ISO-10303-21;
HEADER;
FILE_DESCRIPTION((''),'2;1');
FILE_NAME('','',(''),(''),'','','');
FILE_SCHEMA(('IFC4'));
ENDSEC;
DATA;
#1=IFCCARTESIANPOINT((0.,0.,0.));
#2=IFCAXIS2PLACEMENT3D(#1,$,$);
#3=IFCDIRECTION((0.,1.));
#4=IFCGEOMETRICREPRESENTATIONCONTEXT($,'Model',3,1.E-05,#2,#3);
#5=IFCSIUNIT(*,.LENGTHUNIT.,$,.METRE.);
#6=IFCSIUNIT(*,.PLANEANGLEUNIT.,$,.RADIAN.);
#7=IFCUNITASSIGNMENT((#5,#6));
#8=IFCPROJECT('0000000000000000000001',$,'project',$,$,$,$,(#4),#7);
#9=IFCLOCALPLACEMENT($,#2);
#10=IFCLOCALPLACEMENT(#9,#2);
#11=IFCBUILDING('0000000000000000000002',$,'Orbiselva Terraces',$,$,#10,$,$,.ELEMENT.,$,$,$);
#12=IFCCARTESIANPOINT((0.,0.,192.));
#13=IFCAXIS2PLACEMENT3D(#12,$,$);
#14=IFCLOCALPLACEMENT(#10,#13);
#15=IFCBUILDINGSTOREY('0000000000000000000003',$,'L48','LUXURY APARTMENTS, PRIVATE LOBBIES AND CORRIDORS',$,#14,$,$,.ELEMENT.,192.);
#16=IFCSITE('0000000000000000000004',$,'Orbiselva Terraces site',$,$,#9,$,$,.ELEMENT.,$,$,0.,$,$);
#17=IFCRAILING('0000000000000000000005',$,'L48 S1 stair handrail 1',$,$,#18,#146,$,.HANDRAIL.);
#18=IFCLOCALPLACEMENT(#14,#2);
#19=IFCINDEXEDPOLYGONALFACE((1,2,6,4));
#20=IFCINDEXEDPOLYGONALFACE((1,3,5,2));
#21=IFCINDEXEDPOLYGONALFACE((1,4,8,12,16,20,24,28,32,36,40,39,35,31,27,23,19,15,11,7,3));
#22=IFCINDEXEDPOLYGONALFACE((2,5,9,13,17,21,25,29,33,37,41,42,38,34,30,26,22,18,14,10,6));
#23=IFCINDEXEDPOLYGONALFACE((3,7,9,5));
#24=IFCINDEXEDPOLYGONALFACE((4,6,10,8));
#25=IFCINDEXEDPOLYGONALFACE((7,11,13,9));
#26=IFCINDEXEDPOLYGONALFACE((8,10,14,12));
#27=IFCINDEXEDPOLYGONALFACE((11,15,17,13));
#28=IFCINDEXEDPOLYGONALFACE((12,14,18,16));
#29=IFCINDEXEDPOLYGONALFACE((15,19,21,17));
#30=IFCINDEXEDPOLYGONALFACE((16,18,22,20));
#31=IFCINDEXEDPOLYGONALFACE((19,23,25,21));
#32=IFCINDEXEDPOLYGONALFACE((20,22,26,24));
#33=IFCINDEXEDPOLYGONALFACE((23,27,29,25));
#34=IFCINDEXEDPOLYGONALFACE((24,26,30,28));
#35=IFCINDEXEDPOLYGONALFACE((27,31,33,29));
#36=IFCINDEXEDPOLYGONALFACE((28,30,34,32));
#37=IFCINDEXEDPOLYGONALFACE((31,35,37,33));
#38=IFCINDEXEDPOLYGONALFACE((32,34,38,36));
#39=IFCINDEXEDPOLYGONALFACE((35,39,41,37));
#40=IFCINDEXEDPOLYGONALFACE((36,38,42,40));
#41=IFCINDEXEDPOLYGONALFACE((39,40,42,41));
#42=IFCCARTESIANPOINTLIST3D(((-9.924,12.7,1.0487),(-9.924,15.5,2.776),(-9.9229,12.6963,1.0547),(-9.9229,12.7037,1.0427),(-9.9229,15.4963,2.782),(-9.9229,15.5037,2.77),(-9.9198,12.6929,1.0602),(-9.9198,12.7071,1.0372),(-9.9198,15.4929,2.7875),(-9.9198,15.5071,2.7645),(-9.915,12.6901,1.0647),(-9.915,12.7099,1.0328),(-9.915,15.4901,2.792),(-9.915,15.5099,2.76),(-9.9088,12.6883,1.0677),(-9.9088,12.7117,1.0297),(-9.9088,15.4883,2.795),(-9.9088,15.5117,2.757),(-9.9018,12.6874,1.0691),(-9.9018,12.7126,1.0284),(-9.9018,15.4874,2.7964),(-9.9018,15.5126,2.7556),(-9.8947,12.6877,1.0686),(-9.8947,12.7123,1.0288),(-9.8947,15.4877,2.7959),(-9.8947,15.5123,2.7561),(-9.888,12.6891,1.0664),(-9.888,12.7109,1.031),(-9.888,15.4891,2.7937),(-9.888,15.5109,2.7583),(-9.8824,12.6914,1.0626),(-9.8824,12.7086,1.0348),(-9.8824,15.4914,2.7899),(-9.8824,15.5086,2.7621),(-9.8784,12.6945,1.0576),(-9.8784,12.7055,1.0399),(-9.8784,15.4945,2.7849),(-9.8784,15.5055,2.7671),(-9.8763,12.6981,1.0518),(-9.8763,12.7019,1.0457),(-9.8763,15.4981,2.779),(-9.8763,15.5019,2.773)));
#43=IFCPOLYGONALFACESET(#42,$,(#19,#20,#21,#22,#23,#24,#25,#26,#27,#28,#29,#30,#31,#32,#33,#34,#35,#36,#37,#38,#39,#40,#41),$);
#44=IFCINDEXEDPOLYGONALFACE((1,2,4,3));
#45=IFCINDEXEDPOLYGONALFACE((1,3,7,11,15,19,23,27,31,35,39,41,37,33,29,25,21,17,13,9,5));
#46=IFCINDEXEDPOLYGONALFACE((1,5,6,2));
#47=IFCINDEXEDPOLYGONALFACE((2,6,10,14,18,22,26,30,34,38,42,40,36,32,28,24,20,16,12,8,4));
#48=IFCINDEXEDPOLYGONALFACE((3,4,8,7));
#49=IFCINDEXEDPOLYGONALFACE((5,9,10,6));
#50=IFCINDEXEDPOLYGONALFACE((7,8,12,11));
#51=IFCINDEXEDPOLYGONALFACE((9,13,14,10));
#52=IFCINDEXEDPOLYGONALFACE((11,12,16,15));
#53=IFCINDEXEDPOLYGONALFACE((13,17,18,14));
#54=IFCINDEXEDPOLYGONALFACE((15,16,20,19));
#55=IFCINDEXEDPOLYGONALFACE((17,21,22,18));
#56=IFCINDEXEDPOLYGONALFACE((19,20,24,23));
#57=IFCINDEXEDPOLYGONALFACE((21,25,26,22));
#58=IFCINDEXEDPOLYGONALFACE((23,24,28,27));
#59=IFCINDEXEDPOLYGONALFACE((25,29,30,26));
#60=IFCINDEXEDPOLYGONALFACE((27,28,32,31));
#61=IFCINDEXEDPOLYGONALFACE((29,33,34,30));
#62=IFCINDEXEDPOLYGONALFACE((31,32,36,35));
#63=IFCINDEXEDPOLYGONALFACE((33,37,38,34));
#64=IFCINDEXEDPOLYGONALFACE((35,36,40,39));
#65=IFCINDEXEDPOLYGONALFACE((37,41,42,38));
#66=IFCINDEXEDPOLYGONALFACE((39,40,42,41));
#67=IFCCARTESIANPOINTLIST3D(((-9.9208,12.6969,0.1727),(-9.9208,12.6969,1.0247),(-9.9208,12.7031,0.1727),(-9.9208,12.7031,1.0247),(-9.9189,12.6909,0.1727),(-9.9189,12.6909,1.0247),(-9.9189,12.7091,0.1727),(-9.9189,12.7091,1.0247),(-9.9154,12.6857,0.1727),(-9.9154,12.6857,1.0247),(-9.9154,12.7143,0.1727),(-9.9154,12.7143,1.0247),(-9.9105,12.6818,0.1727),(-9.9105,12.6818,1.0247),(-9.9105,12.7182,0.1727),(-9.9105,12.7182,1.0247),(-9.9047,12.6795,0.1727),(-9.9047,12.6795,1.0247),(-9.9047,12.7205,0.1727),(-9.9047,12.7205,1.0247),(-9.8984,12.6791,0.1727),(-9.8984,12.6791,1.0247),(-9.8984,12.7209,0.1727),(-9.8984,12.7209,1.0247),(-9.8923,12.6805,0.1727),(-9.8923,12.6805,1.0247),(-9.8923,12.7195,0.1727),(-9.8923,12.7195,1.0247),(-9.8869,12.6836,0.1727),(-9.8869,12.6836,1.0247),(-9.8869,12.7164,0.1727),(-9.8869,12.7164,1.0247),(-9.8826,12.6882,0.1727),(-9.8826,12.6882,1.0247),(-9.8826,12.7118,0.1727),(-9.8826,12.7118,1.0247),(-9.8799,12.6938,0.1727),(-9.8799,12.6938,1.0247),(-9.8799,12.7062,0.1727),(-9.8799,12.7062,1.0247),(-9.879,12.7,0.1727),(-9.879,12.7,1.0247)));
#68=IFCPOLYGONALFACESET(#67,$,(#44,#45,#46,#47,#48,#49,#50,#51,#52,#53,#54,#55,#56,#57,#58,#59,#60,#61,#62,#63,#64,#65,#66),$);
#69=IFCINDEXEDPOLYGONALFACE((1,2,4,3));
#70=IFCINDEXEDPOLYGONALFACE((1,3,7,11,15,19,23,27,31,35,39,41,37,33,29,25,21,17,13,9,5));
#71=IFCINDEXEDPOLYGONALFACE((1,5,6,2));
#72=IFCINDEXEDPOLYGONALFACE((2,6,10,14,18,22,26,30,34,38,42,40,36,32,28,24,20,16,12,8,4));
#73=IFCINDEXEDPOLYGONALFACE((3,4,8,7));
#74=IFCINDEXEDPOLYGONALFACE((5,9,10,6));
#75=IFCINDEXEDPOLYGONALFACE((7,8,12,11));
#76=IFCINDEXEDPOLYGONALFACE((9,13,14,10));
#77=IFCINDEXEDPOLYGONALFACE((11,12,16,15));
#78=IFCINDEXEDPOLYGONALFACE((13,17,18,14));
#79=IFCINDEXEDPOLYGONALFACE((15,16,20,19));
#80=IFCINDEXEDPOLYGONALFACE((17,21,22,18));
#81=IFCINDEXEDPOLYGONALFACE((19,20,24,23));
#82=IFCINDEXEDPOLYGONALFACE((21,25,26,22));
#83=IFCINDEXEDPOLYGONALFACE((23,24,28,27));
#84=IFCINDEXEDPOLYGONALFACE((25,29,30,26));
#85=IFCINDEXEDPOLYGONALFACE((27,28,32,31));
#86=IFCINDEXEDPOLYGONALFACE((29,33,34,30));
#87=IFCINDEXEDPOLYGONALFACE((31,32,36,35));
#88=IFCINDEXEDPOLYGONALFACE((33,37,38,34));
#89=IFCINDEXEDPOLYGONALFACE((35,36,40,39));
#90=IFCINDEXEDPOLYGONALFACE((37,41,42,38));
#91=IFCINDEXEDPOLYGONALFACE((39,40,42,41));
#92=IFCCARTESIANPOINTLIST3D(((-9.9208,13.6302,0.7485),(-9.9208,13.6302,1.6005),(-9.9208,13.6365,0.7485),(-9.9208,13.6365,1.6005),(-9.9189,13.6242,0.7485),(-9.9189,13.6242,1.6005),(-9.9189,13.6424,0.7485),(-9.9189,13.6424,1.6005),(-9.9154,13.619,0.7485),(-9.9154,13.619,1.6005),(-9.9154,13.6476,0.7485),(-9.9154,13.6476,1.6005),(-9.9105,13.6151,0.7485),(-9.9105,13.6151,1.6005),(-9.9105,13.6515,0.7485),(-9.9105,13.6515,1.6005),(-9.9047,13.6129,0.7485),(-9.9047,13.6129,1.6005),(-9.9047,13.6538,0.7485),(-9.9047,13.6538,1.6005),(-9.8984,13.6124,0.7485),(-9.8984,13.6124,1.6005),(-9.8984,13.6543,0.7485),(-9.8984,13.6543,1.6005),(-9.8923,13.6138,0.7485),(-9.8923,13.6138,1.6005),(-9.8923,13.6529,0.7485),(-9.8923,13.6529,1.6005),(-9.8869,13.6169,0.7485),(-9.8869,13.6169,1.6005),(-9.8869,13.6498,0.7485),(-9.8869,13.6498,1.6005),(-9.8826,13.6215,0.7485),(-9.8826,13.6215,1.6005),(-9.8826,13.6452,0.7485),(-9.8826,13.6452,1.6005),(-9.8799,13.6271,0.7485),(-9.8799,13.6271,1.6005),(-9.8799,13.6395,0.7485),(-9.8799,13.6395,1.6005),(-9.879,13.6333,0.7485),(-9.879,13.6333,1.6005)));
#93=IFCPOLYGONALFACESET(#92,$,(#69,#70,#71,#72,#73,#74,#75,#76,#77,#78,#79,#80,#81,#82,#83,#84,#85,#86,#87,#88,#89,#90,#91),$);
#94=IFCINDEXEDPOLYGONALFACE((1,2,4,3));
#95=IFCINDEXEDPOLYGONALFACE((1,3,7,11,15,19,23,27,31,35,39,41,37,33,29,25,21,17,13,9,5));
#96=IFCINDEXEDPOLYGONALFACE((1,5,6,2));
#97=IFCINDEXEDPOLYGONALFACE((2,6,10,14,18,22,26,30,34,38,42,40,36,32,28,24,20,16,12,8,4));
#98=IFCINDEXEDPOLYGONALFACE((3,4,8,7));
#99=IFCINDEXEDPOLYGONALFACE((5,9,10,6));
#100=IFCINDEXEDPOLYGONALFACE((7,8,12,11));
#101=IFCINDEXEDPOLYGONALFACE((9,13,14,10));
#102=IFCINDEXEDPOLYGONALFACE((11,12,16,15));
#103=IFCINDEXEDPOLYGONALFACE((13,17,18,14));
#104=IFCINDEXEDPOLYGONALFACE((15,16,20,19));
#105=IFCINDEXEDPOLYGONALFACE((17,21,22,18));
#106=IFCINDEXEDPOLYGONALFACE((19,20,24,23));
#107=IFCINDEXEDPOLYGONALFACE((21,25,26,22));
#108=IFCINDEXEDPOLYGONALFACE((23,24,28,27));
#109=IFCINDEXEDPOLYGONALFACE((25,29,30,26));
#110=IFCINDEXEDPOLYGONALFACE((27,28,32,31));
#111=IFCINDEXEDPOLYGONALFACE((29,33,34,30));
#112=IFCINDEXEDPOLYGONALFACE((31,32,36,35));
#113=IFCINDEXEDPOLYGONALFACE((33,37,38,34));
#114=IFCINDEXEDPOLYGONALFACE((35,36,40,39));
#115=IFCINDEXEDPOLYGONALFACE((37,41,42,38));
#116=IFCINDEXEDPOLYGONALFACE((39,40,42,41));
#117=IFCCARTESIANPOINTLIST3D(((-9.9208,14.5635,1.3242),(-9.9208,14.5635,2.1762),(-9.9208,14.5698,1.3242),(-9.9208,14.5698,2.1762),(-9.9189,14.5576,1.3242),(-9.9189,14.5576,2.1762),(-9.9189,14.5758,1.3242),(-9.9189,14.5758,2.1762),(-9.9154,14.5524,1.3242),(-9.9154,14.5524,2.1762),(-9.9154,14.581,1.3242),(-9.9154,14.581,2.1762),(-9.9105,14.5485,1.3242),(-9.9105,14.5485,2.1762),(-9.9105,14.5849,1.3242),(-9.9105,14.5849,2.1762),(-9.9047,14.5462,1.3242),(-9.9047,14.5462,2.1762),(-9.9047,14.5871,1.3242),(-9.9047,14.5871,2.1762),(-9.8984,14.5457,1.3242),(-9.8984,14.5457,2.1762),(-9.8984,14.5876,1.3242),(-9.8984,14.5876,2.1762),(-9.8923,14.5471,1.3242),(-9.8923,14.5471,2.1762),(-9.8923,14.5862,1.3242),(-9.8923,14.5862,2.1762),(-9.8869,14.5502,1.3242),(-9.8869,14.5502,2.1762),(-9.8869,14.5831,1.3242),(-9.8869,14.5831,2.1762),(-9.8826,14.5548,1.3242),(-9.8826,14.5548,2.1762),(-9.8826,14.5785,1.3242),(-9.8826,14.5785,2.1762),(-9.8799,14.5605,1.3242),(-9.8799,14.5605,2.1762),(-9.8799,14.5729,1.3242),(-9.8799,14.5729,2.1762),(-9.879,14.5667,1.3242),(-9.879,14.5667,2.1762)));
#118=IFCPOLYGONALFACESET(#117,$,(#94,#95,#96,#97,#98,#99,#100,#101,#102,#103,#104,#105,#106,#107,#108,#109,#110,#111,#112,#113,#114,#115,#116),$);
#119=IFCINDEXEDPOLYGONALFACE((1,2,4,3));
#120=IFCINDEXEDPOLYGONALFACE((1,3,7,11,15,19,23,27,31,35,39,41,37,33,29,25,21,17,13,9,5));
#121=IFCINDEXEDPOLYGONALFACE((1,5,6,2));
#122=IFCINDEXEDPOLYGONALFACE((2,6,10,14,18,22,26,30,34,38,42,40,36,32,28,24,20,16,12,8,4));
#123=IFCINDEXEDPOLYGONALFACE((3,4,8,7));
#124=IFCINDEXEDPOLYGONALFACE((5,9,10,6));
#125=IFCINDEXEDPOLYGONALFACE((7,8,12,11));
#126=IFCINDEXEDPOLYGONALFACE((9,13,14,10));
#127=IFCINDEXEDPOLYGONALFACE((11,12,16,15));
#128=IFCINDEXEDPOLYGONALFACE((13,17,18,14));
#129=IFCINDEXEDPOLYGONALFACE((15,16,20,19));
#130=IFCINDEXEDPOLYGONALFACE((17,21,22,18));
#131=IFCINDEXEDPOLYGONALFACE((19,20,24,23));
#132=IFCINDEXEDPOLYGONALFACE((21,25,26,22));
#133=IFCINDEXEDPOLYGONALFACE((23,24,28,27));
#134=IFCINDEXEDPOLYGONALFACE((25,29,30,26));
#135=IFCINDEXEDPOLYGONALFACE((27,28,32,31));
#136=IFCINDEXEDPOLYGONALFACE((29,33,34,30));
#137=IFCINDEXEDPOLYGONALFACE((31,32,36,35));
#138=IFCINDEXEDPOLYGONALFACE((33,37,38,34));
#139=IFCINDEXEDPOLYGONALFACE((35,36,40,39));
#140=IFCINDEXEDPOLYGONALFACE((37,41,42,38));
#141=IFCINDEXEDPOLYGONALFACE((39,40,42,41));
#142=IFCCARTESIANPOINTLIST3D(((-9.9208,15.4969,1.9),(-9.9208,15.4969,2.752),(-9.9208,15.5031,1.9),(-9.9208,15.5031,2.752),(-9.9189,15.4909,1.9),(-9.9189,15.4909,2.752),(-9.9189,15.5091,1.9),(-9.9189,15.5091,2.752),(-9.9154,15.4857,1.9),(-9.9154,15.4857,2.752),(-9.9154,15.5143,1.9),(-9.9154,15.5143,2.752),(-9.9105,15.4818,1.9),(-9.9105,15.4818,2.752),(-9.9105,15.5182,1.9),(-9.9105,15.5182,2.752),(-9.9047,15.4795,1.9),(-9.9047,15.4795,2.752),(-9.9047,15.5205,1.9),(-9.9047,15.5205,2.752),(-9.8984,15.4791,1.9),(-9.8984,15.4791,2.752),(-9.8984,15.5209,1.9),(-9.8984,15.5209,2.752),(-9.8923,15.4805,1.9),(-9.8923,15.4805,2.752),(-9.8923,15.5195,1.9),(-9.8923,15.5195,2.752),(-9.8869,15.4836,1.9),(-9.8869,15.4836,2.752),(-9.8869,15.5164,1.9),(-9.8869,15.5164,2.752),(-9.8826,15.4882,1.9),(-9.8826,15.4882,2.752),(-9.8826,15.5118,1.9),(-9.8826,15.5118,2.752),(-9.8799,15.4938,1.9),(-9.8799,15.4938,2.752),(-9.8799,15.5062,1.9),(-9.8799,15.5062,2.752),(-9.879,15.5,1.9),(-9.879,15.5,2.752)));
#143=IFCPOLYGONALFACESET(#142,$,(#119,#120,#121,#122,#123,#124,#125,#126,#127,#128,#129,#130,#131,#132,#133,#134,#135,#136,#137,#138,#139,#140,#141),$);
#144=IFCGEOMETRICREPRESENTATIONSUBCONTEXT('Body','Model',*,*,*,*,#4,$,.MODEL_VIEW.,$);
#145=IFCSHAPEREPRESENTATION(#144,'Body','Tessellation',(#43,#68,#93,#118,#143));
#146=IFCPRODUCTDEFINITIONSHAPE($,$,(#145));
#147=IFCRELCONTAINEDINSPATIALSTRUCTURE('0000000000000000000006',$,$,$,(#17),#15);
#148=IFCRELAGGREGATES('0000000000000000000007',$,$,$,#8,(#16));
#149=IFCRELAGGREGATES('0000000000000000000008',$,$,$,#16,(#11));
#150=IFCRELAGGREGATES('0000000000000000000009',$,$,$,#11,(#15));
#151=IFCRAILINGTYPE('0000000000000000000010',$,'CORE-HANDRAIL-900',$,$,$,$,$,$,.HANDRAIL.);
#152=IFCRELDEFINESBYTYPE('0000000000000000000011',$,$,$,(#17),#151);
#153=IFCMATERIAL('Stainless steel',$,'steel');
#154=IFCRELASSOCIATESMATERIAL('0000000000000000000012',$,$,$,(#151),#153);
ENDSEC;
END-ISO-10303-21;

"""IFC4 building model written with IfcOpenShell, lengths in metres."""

from ifc_helpers import new_model, si_unit, direction, frame, origin, origin_2d, place, context, subcontext, project, spatial, circle, extrude, material, type_object, element, save


model = new_model("IFC4")

# Units and contexts
model_context = context("Model", 3, precision=1e-05, world=origin(), true_north=direction((0.0, 1.0)))
body_context = subcontext(model_context, "Body", "Model", "MODEL_VIEW")
ifc_project = project(units=[si_unit("LENGTHUNIT", "METRE"), si_unit("PLANEANGLEUNIT", "RADIAN")], contexts=[model_context])

# Site, building, storey
site_placement = place(None, origin())
site = spatial("IfcSite", under=ifc_project, at=site_placement, Name="Orbiselva Terraces site", CompositionType="ELEMENT", RefElevation=0.0)
building_placement = place(site_placement, origin())
building = spatial("IfcBuilding", under=site, at=building_placement, Name="Orbiselva Terraces", CompositionType="ELEMENT")
storey_placement = place(building_placement, frame((0.0, 0.0, 192.0)))
storey = spatial("IfcBuildingStorey", under=building, at=storey_placement, Name="L48", Description="LUXURY APARTMENTS, PRIVATE LOBBIES AND CORRIDORS", CompositionType="ELEMENT", Elevation=192.0)

# Railing
ifc_material_1 = material(Name="Stainless steel", Category="steel")
railing_type_1 = type_object("IfcRailingType", Name="CORE-HANDRAIL-900", PredefinedType="HANDRAIL", material=ifc_material_1)
railing_1_placement = place(storey_placement, frame((-9.9, 12.7, 0.1727)))
element("IfcRailing", 1, at=railing_1_placement, inside=storey, type_object=railing_type_1, Name="L48 S1 stair handrail 1", PredefinedType="HANDRAIL", context=body_context, shape_type="SweptSolid", body=[
    extrude(circle(Radius=0.024, at=origin_2d()), frame((0.0, 0.0, 0.876), z_axis=(0.0, 0.851089, 0.525022), x_axis=(-1.0, 0.0, 0.0)), (0.0, 0.0, 1.0), 3.2899),
    extrude(circle(Radius=0.021, at=origin_2d()), origin(), (0.0, 0.0, 1.0), 0.852),
    extrude(circle(Radius=0.021, at=origin_2d()), frame((0.0, 0.9333, 0.5758)), (0.0, 0.0, 1.0), 0.852),
    extrude(circle(Radius=0.021, at=origin_2d()), frame((0.0, 1.8667, 1.1515)), (0.0, 0.0, 1.0), 0.852),
    extrude(circle(Radius=0.021, at=origin_2d()), frame((0.0, 2.8, 1.7273)), (0.0, 0.0, 1.0), 0.852),
])

save(model, "model.ifc")
